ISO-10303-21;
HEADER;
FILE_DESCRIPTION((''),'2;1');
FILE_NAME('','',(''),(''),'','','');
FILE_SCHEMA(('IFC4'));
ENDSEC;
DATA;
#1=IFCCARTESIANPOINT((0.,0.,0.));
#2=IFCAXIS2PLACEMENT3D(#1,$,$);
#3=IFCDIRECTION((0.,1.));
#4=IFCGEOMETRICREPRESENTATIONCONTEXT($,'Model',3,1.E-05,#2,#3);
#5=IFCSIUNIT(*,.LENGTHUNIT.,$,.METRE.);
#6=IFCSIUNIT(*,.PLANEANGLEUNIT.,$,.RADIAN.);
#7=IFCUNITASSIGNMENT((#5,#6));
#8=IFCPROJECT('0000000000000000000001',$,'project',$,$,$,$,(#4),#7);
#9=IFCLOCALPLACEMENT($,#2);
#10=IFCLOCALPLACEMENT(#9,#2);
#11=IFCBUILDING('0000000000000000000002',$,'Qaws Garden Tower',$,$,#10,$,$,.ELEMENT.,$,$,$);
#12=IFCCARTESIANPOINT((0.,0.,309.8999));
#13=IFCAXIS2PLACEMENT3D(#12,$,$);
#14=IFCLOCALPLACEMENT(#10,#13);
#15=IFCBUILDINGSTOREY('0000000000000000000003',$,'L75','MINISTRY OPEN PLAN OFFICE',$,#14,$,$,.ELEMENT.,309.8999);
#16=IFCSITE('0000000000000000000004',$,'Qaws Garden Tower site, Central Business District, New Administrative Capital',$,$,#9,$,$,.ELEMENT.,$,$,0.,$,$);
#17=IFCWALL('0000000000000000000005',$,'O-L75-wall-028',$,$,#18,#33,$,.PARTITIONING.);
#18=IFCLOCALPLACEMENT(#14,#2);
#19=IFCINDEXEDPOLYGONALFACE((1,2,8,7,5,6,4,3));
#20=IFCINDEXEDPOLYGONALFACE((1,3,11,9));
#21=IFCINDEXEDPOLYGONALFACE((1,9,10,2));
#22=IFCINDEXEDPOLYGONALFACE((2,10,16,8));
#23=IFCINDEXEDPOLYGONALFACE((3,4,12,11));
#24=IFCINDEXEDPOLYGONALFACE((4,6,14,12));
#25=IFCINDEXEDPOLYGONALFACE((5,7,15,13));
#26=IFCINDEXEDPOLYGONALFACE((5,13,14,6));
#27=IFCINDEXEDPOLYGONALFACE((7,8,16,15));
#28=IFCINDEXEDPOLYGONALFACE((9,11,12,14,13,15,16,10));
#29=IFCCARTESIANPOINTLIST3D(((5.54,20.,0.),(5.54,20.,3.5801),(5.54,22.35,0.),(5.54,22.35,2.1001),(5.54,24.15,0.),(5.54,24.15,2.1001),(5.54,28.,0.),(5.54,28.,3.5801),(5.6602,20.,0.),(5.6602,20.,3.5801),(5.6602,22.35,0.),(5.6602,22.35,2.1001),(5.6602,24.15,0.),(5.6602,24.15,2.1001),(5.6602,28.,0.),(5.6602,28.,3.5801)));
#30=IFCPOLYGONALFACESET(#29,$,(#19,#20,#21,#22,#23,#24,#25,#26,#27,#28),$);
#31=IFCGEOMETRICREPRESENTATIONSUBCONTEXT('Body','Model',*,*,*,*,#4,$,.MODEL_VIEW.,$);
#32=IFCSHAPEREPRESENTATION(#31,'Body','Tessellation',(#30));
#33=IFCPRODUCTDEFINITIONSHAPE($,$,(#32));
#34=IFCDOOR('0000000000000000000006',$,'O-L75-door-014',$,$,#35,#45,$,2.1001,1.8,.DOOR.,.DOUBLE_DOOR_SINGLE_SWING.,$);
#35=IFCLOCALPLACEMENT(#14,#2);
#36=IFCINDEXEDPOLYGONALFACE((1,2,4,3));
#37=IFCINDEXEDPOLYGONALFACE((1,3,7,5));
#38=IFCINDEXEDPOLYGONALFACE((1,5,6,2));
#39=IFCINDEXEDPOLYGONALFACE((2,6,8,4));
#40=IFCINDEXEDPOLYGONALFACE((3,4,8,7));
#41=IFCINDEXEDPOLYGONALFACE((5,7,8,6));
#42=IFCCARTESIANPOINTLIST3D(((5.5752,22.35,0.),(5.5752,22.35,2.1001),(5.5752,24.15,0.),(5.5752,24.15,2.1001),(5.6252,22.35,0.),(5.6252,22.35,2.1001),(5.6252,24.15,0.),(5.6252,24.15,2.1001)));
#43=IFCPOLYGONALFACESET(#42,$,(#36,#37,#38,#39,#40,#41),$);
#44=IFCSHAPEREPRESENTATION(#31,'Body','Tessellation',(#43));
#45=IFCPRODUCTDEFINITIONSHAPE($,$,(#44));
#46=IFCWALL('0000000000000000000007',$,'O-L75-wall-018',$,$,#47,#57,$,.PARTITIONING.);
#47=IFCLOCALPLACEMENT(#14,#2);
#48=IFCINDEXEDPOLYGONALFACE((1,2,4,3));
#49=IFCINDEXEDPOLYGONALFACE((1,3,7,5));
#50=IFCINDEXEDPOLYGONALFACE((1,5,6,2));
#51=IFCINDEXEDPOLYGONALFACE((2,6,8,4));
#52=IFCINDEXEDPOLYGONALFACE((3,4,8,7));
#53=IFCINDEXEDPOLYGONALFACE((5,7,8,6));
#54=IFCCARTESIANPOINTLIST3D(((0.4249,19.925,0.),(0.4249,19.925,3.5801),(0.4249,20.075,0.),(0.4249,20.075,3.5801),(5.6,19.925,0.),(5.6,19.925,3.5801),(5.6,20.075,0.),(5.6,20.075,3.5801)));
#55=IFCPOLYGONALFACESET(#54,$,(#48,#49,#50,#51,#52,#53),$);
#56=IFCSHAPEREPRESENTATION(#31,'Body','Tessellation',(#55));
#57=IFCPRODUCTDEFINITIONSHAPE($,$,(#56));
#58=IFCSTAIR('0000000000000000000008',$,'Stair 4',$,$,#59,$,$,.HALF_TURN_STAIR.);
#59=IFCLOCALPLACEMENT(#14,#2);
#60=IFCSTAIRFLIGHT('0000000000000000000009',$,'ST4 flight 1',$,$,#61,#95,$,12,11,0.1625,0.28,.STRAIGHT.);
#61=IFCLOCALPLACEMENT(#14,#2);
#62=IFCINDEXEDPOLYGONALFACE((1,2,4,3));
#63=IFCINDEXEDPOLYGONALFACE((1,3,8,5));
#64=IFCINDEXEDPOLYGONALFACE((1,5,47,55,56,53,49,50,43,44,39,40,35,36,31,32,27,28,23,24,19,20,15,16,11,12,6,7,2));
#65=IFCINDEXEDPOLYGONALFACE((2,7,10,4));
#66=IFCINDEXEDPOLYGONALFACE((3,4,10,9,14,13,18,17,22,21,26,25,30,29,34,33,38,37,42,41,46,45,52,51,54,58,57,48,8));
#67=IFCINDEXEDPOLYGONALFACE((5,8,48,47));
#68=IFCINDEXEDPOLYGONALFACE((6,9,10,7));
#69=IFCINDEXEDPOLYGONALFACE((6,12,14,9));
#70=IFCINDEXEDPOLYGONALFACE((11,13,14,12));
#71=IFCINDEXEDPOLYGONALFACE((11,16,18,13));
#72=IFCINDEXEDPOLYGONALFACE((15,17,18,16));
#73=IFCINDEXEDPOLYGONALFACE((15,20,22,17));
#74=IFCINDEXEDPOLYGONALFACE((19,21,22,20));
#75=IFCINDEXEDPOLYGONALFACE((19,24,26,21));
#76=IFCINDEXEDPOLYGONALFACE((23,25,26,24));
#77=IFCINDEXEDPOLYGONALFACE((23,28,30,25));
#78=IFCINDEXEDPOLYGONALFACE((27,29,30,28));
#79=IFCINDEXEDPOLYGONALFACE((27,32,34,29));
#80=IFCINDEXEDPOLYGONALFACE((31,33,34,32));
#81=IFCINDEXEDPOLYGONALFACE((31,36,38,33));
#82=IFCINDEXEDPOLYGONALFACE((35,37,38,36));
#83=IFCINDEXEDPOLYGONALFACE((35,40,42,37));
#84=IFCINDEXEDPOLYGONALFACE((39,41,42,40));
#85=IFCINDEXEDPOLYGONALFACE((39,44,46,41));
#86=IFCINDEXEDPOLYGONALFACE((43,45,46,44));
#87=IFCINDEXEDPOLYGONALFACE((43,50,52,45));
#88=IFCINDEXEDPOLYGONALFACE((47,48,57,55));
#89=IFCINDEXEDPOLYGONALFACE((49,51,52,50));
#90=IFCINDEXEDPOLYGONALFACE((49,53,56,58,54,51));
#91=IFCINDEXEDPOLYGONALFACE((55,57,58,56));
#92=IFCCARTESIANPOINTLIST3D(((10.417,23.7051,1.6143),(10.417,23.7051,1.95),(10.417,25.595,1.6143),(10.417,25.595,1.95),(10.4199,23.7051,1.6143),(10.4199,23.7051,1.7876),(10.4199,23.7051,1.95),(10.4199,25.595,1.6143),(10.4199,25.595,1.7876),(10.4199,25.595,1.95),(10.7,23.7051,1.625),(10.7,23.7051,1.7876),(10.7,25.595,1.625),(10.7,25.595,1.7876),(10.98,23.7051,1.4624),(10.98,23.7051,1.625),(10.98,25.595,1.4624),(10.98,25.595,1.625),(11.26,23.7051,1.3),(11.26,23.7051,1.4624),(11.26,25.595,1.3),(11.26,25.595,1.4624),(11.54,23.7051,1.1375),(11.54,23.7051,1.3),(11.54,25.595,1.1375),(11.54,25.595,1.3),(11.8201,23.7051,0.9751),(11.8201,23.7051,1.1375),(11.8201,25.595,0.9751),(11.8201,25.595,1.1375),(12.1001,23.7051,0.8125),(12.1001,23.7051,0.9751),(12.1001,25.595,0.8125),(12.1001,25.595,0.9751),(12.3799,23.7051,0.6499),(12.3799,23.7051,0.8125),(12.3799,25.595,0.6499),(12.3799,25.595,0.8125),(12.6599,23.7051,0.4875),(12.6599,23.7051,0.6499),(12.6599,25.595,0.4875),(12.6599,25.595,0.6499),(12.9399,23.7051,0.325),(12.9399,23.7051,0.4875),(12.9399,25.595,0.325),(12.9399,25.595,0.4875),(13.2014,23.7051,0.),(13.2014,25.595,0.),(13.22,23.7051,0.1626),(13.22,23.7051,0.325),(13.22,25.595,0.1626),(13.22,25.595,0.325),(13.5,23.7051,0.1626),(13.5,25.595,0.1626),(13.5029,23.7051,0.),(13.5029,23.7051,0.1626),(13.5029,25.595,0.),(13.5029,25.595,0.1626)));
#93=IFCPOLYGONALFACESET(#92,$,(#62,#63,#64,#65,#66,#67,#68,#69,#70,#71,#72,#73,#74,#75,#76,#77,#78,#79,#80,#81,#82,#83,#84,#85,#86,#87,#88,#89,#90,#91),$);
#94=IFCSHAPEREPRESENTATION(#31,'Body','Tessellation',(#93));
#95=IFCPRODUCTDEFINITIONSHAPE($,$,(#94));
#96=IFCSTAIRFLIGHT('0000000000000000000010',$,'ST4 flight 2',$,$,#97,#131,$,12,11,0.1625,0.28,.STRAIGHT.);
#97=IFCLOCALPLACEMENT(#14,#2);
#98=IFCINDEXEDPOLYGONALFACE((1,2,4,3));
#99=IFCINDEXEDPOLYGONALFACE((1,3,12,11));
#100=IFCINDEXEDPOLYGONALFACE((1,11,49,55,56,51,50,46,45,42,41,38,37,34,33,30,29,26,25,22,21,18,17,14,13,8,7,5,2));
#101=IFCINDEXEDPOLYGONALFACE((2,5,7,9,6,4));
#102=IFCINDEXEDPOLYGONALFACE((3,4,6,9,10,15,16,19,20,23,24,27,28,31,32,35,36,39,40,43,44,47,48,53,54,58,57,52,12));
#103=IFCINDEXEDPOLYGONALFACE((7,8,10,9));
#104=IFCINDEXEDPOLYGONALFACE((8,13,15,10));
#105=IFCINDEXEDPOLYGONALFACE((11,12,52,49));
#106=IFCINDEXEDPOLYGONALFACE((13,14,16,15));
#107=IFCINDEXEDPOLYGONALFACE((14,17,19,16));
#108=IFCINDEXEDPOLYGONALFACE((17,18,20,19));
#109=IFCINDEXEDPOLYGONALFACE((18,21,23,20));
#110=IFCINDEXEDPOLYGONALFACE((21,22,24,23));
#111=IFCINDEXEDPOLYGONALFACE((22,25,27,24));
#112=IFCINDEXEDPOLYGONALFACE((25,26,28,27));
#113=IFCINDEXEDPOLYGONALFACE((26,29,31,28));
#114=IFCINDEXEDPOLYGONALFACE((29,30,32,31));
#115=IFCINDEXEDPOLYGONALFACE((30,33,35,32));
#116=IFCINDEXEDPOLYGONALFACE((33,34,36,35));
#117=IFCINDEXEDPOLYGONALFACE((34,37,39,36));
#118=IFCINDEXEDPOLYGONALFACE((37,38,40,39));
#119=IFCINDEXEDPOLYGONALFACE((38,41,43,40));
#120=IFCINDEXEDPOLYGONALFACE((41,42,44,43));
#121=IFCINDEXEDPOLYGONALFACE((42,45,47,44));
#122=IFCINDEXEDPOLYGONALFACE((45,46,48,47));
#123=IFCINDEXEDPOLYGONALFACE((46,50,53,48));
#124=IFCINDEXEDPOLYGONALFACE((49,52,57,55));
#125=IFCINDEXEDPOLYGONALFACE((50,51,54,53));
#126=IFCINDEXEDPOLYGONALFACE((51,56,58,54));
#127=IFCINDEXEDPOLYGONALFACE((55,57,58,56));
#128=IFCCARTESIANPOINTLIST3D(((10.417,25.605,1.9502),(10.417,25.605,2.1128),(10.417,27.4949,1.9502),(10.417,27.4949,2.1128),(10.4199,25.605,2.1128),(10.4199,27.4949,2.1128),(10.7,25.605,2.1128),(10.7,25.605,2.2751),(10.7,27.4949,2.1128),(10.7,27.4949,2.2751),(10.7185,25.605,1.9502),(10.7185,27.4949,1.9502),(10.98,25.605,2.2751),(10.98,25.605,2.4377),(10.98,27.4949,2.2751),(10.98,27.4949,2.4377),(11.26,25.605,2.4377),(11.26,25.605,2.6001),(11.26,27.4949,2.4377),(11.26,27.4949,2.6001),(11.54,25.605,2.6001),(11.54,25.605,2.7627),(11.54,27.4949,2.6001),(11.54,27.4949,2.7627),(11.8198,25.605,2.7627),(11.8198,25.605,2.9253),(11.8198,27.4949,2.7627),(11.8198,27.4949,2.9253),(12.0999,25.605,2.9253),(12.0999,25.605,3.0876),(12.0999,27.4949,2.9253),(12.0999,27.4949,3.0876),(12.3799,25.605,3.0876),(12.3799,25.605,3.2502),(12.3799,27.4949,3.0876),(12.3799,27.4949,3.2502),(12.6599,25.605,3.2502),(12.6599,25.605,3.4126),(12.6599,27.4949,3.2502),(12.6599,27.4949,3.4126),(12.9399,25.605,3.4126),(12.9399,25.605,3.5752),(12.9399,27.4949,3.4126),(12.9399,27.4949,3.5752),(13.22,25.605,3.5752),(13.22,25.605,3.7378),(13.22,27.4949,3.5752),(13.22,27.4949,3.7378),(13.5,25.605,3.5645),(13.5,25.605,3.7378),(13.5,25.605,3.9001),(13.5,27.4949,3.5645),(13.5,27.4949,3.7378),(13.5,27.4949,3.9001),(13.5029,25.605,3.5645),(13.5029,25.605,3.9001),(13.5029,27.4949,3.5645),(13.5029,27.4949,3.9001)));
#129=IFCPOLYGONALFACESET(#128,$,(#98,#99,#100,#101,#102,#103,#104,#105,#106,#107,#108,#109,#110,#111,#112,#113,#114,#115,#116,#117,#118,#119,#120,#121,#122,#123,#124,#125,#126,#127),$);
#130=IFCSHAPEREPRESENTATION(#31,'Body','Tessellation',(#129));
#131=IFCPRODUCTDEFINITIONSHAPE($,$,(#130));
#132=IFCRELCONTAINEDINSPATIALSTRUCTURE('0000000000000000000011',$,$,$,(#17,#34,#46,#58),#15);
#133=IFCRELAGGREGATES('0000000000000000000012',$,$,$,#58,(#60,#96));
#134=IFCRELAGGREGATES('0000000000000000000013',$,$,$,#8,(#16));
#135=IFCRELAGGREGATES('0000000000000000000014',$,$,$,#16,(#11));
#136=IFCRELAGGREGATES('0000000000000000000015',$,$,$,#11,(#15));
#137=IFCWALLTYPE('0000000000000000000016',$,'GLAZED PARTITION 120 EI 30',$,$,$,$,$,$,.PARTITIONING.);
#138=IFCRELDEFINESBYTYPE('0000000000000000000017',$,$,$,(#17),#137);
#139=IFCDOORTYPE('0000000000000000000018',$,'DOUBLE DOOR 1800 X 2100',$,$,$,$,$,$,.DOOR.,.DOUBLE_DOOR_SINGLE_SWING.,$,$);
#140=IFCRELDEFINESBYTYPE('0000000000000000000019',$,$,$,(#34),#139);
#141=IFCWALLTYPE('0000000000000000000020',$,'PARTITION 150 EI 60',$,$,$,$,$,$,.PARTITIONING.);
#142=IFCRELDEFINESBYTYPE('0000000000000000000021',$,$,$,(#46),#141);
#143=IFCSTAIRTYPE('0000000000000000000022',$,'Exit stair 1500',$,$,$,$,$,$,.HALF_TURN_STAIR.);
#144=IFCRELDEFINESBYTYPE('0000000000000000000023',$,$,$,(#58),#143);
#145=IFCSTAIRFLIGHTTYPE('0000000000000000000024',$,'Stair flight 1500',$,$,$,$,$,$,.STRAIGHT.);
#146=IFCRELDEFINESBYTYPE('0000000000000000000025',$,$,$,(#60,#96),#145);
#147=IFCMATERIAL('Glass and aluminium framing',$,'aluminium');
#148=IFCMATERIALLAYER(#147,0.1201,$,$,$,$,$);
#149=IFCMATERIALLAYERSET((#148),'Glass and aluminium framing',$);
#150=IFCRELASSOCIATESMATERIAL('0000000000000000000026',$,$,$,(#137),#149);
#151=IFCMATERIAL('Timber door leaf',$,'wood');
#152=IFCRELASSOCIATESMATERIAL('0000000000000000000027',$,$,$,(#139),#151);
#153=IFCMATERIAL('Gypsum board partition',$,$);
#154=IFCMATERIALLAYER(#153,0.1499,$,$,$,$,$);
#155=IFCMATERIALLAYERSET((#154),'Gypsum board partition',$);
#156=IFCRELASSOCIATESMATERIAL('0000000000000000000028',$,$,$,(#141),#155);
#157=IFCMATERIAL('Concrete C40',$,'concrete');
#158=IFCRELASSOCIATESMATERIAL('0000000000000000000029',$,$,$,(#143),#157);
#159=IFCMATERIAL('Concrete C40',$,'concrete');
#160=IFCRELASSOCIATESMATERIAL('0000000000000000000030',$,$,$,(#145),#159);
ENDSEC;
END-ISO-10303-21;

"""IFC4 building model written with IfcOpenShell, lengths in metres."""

from ifc_helpers import new_model, si_unit, direction, frame, frame_2d, origin, place, context, subcontext, project, spatial, polyline, rectangle, outline, extrude, material, layer, layer_set, type_object, element, fill, aggregate, save


model = new_model("IFC4")

# Units and contexts
model_context = context("Model", 3, precision=1e-05, world=origin(), true_north=direction((0.0, 1.0)))
body_context = subcontext(model_context, "Body", "Model", "MODEL_VIEW")
ifc_project = project(units=[si_unit("LENGTHUNIT", "METRE"), si_unit("PLANEANGLEUNIT", "RADIAN")], contexts=[model_context])

# Site, building, storey
site_placement = place(None, origin())
site = spatial("IfcSite", under=ifc_project, at=site_placement, Name="Qaws Garden Tower site, Central Business District, New Administrative Capital", CompositionType="ELEMENT", RefElevation=0.0)
building_placement = place(site_placement, origin())
building = spatial("IfcBuilding", under=site, at=building_placement, Name="Qaws Garden Tower", CompositionType="ELEMENT")
storey_placement = place(building_placement, frame((0.0, 0.0, 309.8999)))
storey = spatial("IfcBuildingStorey", under=building, at=storey_placement, Name="L75", Description="MINISTRY OPEN PLAN OFFICE", CompositionType="ELEMENT", Elevation=309.8999)

# Wall, opening, door
ifc_material_1 = material(Name="Glass and aluminium framing", Category="aluminium")
ifc_layer_1 = layer(ifc_material_1, 0.1201)
ifc_layer_set_1 = layer_set([ifc_layer_1], Name="Glass and aluminium framing")
wall_type_1 = type_object("IfcWallType", Name="GLAZED PARTITION 120 EI 30", PredefinedType="PARTITIONING", material=ifc_layer_set_1)
wall_1_placement = place(storey_placement, frame((5.6001, 20.0, 0.0), z_axis=(0.0, 0.0, 1.0), x_axis=(0.0, 1.0, 0.0)))
wall_1 = element("IfcWall", 1, at=wall_1_placement, inside=storey, type_object=wall_type_1, Name="O-L75-wall-028", PredefinedType="PARTITIONING", context=body_context, shape_type="SweptSolid", body=[
    extrude(rectangle(XDim=8.0, YDim=0.1201, at=frame_2d((4.0, 0.0))), origin(), (0.0, 0.0, 1.0), 3.5801),
])
opening_1_placement = place(wall_1_placement, frame((2.3501, 0.0, 0.0)))
opening_1 = element("IfcOpeningElement", 2, at=opening_1_placement, cuts=wall_1, PredefinedType="OPENING", context=body_context, shape_type="SweptSolid", body=[
    extrude(rectangle(XDim=1.8, YDim=2.1001, at=frame_2d((0.8999, 1.05))), frame((0.0, 0.0701, 0.0), z_axis=(0.0, -1.0, 0.0), x_axis=(1.0, 0.0, 0.0)), (0.0, 0.0, 1.0), 0.1401),
])
ifc_material_2 = material(Name="Timber door leaf", Category="wood")
door_type_1 = type_object("IfcDoorType", Name="DOUBLE DOOR 1800 X 2100", OperationType="DOUBLE_DOOR_SINGLE_SWING", PredefinedType="DOOR", material=ifc_material_2)
door_1_placement = place(opening_1_placement, origin())
door_1 = element("IfcDoor", 3, at=door_1_placement, inside=storey, type_object=door_type_1, Name="O-L75-door-014", OperationType="DOUBLE_DOOR_SINGLE_SWING", OverallHeight=2.1001, OverallWidth=1.8, PredefinedType="DOOR", context=body_context, shape_type="SweptSolid", body=[
    extrude(rectangle(XDim=1.8, YDim=2.1001, at=frame_2d((0.8999, 1.05))), frame((0.0, 0.0249, 0.0), z_axis=(0.0, -1.0, 0.0), x_axis=(1.0, 0.0, 0.0)), (0.0, 0.0, 1.0), 0.05),
])
fill(opening_1, door_1)

# Wall
ifc_material_3 = material(Name="Gypsum board partition")
ifc_layer_2 = layer(ifc_material_3, 0.1499)
ifc_layer_set_2 = layer_set([ifc_layer_2], Name="Gypsum board partition")
wall_type_2 = type_object("IfcWallType", Name="PARTITION 150 EI 60", PredefinedType="PARTITIONING", material=ifc_layer_set_2)
wall_2_placement = place(storey_placement, frame((0.425, 20.0, 0.0), z_axis=(0.0, 0.0, 1.0), x_axis=(1.0, 0.0, 0.0)))
element("IfcWall", 4, at=wall_2_placement, inside=storey, type_object=wall_type_2, Name="O-L75-wall-018", PredefinedType="PARTITIONING", context=body_context, shape_type="SweptSolid", body=[
    extrude(rectangle(XDim=5.175, YDim=0.1499, at=frame_2d((2.5874, 0.0))), origin(), (0.0, 0.0, 1.0), 3.5801),
])

# Stair, stair flights
ifc_material_4 = material(Name="Concrete C40", Category="concrete")
stair_type = type_object("IfcStairType", Name="Exit stair 1500", PredefinedType="HALF_TURN_STAIR", material=ifc_material_4)
stair_placement = place(storey_placement, origin())
stair = element("IfcStair", 5, at=stair_placement, inside=storey, type_object=stair_type, Name="Stair 4", PredefinedType="HALF_TURN_STAIR")
ifc_material_5 = material(Name="Concrete C40", Category="concrete")
stair_flight_type = type_object("IfcStairFlightType", Name="Stair flight 1500", PredefinedType="STRAIGHT", material=ifc_material_5)
stair_flight_1_placement = place(storey_placement, frame((13.5, 24.6499, 0.0), z_axis=(0.0, 0.0, 1.0), x_axis=(-1.0, 0.0, 0.0)))
stair_flight_1 = element("IfcStairFlight", 6, at=stair_flight_1_placement, type_object=stair_flight_type, Name="ST4 flight 1", NumberOfRisers=12, NumberOfTreads=11, PredefinedType="STRAIGHT", RiserHeight=0.1625, TreadLength=0.28, context=body_context, shape_type="SweptSolid", body=[
    extrude(outline(polyline([(-0.0029, 0.0), (-0.0029, 0.1626), (0.0, 0.1626), (0.28, 0.1626), (0.28, 0.325), (0.5601, 0.325), (0.5601, 0.4875), (0.8401, 0.4875), (0.8401, 0.6499), (1.1201, 0.6499), (1.1201, 0.8125), (1.3999, 0.8125), (1.3999, 0.9751), (1.6799, 0.9751), (1.6799, 1.1375), (1.96, 1.1375), (1.96, 1.3), (2.24, 1.3), (2.24, 1.4624), (2.52, 1.4624), (2.52, 1.625), (2.8, 1.625), (2.8, 1.7876), (3.0801, 1.7876), (3.0801, 1.95), (3.083, 1.95), (3.083, 1.6143), (3.0801, 1.6143), (0.2986, 0.0), (-0.0029, 0.0)])), frame((0.0, 0.9448, 0.0), z_axis=(0.0, -1.0, 0.0), x_axis=(1.0, 0.0, 0.0)), (0.0, 0.0, 1.0), 1.8899),
])
stair_flight_2_placement = place(storey_placement, frame((10.4199, 26.55, 1.9502), z_axis=(0.0, 0.0, 1.0), x_axis=(1.0, 0.0, 0.0)))
stair_flight_2 = element("IfcStairFlight", 7, at=stair_flight_2_placement, type_object=stair_flight_type, Name="ST4 flight 2", NumberOfRisers=12, NumberOfTreads=11, PredefinedType="STRAIGHT", RiserHeight=0.1625, TreadLength=0.28, context=body_context, shape_type="SweptSolid", body=[
    extrude(outline(polyline([(-0.0029, 0.0), (-0.0029, 0.1626), (0.0, 0.1626), (0.28, 0.1626), (0.28, 0.325), (0.5601, 0.325), (0.5601, 0.4875), (0.8401, 0.4875), (0.8401, 0.6499), (1.1201, 0.6499), (1.1201, 0.8125), (1.3999, 0.8125), (1.3999, 0.9751), (1.6799, 0.9751), (1.6799, 1.1375), (1.96, 1.1375), (1.96, 1.3), (2.24, 1.3), (2.24, 1.4624), (2.52, 1.4624), (2.52, 1.625), (2.8, 1.625), (2.8, 1.7876), (3.0801, 1.7876), (3.0801, 1.95), (3.083, 1.95), (3.083, 1.6143), (3.0801, 1.6143), (0.2986, 0.0), (-0.0029, 0.0)])), frame((0.0, 0.9448, 0.0), z_axis=(0.0, -1.0, 0.0), x_axis=(1.0, 0.0, 0.0)), (0.0, 0.0, 1.0), 1.8899),
])
aggregate(stair, [stair_flight_1, stair_flight_2])

save(model, "model.ifc")
